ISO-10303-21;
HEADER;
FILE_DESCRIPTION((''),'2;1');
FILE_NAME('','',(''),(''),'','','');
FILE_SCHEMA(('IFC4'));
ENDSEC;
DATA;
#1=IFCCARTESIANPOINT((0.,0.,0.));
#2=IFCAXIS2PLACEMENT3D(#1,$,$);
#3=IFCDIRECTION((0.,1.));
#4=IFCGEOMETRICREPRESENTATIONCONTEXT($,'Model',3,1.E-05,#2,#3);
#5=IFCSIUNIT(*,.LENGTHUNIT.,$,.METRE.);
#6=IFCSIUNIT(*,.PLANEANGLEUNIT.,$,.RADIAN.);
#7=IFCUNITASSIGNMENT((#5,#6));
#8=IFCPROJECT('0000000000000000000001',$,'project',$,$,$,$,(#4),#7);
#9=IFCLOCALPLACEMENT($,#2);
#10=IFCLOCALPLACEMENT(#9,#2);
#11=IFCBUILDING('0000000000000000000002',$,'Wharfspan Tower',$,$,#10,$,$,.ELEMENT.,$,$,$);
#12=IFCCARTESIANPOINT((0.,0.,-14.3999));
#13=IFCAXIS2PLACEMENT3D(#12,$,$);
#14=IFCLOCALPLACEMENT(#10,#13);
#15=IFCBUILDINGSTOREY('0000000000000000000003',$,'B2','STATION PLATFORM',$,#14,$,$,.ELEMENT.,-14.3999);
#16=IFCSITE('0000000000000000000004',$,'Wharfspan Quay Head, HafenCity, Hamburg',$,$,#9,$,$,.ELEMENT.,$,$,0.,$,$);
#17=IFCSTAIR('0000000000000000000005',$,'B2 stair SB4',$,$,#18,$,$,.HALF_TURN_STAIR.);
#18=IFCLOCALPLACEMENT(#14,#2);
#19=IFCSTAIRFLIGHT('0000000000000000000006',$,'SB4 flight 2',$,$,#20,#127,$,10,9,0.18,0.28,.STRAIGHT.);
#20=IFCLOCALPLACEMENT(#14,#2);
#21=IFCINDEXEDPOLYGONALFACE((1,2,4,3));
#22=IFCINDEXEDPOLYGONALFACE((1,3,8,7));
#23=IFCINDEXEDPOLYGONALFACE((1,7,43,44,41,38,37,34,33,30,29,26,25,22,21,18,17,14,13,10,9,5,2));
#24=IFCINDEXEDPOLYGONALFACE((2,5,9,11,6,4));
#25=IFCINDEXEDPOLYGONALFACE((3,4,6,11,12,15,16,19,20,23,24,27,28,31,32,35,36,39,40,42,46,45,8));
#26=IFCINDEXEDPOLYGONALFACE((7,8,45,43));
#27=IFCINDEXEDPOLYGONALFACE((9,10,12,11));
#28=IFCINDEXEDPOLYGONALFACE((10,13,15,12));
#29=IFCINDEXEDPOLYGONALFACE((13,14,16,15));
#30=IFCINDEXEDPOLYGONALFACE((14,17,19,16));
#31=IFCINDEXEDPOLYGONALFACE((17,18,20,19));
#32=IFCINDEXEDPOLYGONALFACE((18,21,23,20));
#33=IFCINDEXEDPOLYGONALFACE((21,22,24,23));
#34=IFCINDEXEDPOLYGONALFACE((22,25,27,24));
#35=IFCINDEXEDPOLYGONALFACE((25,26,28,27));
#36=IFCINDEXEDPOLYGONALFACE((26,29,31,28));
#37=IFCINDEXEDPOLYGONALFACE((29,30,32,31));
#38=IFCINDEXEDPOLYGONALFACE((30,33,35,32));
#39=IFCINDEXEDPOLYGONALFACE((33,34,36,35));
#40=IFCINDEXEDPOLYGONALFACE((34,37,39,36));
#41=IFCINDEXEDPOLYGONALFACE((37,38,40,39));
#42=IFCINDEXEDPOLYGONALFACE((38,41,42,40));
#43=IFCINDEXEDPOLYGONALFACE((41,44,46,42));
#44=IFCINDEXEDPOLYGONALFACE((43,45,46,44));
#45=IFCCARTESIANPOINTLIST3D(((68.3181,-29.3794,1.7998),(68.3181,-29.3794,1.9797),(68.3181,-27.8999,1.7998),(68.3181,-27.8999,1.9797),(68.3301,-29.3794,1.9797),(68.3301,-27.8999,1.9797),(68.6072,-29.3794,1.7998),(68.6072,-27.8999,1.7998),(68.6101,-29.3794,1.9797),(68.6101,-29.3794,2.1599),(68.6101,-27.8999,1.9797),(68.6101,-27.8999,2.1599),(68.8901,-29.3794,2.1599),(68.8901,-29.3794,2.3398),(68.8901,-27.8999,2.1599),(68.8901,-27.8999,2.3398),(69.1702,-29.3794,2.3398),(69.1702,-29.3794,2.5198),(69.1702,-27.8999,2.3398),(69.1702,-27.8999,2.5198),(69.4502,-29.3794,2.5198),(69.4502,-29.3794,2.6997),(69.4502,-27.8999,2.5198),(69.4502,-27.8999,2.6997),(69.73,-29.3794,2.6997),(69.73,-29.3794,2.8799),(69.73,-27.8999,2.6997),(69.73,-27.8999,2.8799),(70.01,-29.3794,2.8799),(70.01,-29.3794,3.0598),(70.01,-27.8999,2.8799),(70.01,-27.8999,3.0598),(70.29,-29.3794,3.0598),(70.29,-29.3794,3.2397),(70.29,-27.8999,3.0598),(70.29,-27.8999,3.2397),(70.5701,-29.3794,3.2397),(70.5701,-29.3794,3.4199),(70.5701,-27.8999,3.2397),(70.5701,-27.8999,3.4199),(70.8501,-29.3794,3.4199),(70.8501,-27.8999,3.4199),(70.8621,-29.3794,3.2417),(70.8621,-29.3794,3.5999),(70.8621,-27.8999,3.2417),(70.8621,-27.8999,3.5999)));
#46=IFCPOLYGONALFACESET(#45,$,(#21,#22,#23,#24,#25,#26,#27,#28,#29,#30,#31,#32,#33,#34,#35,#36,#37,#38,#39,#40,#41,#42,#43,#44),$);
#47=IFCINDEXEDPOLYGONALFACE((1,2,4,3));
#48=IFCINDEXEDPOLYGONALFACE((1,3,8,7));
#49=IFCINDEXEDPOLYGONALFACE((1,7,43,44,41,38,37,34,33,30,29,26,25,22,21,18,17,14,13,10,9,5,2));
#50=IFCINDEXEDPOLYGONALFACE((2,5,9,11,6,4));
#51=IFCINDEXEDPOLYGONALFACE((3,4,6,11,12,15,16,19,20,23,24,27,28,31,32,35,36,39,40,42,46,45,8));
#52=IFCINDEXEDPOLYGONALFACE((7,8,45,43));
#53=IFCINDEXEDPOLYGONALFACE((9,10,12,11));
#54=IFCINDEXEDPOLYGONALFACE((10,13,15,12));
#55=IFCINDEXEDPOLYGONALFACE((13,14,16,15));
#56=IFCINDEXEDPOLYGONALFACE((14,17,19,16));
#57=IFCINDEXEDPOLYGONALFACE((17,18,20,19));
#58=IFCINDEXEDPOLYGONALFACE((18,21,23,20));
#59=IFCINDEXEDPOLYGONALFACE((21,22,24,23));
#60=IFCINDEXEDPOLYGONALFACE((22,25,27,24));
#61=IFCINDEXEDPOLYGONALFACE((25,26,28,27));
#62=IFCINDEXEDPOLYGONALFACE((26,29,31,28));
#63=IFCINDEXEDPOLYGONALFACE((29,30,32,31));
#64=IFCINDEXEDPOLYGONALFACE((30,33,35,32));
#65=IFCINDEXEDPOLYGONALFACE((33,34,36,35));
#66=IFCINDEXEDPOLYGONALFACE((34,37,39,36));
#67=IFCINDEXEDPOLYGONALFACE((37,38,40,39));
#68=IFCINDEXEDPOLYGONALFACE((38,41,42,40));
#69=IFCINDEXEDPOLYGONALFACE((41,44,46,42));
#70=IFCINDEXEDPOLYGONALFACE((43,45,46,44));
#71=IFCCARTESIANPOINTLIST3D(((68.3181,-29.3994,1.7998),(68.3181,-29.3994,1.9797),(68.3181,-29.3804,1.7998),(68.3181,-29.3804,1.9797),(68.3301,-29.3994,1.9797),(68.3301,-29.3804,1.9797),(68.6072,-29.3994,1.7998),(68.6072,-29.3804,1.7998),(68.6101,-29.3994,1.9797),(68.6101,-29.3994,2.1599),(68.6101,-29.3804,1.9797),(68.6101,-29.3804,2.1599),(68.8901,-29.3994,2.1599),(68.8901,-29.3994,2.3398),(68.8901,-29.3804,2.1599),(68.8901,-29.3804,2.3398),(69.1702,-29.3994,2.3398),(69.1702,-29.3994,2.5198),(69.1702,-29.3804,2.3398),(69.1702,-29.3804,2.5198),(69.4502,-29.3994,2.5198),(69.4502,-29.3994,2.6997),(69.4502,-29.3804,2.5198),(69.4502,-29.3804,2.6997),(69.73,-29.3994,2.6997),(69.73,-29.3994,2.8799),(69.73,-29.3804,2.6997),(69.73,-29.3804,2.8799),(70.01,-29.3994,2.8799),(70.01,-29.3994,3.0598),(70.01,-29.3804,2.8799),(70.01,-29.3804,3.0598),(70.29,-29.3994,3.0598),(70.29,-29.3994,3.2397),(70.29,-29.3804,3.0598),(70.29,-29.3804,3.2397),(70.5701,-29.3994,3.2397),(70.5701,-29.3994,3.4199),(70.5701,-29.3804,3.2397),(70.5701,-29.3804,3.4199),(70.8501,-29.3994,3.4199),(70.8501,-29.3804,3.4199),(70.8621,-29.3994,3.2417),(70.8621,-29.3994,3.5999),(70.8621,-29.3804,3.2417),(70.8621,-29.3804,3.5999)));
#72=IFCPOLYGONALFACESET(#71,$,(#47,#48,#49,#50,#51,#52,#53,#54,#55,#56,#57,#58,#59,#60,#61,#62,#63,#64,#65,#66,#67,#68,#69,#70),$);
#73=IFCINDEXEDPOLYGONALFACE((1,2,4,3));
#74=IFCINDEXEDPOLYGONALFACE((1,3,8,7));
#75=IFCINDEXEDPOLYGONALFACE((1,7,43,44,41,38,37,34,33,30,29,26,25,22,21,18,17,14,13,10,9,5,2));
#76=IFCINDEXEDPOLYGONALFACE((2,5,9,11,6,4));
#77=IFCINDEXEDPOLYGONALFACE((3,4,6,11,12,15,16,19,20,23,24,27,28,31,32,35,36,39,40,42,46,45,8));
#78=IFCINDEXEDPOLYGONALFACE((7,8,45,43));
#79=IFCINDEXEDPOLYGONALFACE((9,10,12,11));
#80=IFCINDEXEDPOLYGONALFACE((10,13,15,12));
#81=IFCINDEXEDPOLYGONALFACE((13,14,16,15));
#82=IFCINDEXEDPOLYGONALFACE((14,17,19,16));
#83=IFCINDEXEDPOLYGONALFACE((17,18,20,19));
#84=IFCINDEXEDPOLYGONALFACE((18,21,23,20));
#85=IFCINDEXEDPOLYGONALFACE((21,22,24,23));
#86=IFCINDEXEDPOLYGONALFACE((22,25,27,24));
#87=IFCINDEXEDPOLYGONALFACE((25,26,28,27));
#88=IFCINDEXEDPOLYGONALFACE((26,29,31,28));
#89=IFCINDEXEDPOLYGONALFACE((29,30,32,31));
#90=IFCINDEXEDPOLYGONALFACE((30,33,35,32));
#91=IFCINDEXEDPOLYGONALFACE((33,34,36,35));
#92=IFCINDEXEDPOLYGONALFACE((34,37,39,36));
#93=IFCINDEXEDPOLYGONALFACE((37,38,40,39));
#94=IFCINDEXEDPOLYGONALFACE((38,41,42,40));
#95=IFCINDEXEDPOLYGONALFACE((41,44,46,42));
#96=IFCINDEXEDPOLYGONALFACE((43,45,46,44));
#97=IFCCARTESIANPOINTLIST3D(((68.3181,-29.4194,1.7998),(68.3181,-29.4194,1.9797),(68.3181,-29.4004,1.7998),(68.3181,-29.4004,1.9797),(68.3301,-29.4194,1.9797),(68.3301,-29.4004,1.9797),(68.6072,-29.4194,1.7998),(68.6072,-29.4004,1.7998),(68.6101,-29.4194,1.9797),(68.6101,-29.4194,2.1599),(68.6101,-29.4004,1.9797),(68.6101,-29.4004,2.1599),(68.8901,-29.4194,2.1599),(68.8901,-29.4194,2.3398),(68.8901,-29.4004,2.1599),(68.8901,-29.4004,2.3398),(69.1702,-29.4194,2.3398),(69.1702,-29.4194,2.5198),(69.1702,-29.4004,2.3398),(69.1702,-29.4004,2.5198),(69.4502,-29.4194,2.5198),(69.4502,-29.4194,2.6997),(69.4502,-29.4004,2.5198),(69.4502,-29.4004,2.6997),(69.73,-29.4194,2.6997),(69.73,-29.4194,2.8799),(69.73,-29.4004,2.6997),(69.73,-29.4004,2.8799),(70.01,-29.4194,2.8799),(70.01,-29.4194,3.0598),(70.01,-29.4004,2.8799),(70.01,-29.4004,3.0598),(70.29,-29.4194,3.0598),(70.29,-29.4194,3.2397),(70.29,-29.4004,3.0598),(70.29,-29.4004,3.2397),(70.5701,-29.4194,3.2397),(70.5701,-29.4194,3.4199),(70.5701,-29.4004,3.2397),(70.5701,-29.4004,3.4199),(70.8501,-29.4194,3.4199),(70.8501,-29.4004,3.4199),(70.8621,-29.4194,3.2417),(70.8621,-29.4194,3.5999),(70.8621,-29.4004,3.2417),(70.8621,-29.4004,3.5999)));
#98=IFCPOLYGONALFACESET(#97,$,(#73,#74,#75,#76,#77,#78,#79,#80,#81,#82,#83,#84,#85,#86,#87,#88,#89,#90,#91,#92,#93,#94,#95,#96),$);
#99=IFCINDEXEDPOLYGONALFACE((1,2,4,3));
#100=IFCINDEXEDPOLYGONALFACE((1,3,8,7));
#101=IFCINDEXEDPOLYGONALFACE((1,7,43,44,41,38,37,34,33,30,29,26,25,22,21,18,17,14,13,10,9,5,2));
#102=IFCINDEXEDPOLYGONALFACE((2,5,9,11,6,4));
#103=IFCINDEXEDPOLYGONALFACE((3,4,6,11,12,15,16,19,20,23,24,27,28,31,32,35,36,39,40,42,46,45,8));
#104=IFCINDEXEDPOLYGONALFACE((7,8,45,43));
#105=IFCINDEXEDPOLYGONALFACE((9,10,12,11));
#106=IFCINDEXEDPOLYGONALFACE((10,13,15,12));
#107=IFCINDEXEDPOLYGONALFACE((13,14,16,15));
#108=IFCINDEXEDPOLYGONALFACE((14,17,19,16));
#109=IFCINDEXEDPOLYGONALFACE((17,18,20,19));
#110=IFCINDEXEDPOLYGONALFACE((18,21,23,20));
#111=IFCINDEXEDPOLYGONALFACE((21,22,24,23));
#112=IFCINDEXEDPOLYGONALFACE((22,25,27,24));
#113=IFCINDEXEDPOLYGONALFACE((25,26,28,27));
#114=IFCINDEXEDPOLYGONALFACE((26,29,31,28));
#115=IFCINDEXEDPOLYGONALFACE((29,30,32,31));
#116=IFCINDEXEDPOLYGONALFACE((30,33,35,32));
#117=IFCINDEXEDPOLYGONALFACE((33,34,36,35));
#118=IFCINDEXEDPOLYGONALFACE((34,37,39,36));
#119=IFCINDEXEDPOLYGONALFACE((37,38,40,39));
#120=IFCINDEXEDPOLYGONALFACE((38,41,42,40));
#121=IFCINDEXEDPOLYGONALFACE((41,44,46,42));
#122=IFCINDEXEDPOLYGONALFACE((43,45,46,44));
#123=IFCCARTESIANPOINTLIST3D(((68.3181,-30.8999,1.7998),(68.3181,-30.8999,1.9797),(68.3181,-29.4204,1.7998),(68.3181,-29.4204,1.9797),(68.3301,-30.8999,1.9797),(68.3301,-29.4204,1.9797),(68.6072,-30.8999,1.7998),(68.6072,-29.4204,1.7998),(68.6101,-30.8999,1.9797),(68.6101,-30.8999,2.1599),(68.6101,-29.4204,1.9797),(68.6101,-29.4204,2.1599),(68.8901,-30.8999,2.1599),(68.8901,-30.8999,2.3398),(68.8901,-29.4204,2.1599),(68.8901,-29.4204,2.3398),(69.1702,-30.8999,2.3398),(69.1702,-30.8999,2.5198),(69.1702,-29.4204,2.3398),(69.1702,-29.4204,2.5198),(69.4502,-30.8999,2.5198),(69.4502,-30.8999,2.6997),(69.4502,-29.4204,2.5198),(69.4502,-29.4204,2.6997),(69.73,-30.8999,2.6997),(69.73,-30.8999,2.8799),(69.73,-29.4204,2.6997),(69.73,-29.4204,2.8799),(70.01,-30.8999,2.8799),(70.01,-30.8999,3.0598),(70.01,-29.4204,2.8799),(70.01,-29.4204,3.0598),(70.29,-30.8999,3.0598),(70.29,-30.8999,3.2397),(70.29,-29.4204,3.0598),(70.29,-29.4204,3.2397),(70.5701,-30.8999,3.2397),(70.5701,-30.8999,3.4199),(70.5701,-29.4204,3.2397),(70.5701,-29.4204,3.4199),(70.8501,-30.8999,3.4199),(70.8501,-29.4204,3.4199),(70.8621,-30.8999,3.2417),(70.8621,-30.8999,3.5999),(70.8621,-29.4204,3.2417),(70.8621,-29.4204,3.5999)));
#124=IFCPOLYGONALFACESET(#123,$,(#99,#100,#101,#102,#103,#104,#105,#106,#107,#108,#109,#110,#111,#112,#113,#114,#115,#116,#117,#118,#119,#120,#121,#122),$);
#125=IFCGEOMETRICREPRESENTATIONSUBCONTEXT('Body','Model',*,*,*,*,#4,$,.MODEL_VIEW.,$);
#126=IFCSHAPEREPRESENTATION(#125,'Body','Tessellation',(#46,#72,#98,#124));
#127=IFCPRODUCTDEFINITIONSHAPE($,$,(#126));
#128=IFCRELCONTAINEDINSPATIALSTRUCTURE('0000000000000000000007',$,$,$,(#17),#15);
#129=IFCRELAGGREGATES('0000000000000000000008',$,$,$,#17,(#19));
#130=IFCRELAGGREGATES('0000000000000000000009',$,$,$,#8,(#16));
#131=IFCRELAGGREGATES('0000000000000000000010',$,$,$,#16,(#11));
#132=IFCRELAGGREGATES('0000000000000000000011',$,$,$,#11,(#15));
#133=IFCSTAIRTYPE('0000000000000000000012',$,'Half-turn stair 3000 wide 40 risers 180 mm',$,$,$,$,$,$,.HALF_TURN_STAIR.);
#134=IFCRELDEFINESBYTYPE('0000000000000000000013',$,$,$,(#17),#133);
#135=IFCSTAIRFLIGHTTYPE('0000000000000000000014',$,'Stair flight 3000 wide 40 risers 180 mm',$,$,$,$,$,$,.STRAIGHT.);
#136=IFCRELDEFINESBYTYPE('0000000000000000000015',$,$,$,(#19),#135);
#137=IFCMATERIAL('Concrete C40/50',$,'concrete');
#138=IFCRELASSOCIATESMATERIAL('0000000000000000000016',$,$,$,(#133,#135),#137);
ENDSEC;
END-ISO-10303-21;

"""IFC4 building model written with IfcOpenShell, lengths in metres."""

from ifc_helpers import new_model, si_unit, direction, frame, origin, place, context, subcontext, project, spatial, polyline, outline, extrude, material, type_object, element, aggregate, save


model = new_model("IFC4")

# Units and contexts
model_context = context("Model", 3, precision=1e-05, world=origin(), true_north=direction((0.0, 1.0)))
body_context = subcontext(model_context, "Body", "Model", "MODEL_VIEW")
ifc_project = project(units=[si_unit("LENGTHUNIT", "METRE"), si_unit("PLANEANGLEUNIT", "RADIAN")], contexts=[model_context])

# Site, building, storey
site_placement = place(None, origin())
site = spatial("IfcSite", under=ifc_project, at=site_placement, Name="Wharfspan Quay Head, HafenCity, Hamburg", CompositionType="ELEMENT", RefElevation=0.0)
building_placement = place(site_placement, origin())
building = spatial("IfcBuilding", under=site, at=building_placement, Name="Wharfspan Tower", CompositionType="ELEMENT")
storey_placement = place(building_placement, frame((0.0, 0.0, -14.3999)))
storey = spatial("IfcBuildingStorey", under=building, at=storey_placement, Name="B2", Description="STATION PLATFORM", CompositionType="ELEMENT", Elevation=-14.3999)

# Shared definitions
ifc_material_1 = material(Name="Concrete C40/50", Category="concrete")

# Stair, stair flight
stair_type = type_object("IfcStairType", Name="Half-turn stair 3000 wide 40 risers 180 mm", PredefinedType="HALF_TURN_STAIR", material=ifc_material_1)
stair_flight_type = type_object("IfcStairFlightType", Name="Stair flight 3000 wide 40 risers 180 mm", PredefinedType="STRAIGHT", material=ifc_material_1)
stair_1_placement = place(storey_placement, origin())
stair_1 = element("IfcStair", 1, at=stair_1_placement, inside=storey, type_object=stair_type, Name="B2 stair SB4", PredefinedType="HALF_TURN_STAIR")
stair_flight_1_placement = place(storey_placement, frame((68.3301, -29.3999, 1.7998), z_axis=(0.0, 0.0, 1.0), x_axis=(1.0, 0.0, 0.0)))
stair_flight_1 = element("IfcStairFlight", 2, at=stair_flight_1_placement, type_object=stair_flight_type, Name="SB4 flight 2", NumberOfRisers=10, NumberOfTreads=9, PredefinedType="STRAIGHT", RiserHeight=0.18, TreadLength=0.28, context=body_context, shape_type="SweptSolid", body=[
    extrude(outline(polyline([(-0.012, 0.0), (-0.012, 0.1799), (0.0, 0.1799), (0.28, 0.1799), (0.28, 0.3601), (0.5601, 0.3601), (0.5601, 0.54), (0.8401, 0.54), (0.8401, 0.72), (1.1201, 0.72), (1.1201, 0.8999), (1.3999, 0.8999), (1.3999, 1.0801), (1.6799, 1.0801), (1.6799, 1.26), (1.96, 1.26), (1.96, 1.4399), (2.24, 1.4399), (2.24, 1.6201), (2.52, 1.6201), (2.532, 1.8), (2.532, 1.4419), (0.2771, 0.0), (-0.012, 0.0)])), frame((0.0, 1.5, 0.0), z_axis=(0.0, -1.0, 0.0), x_axis=(1.0, 0.0, 0.0)), (0.0, 0.0, 1.0), 1.4795),
    extrude(outline(polyline([(-0.012, 0.0), (-0.012, 0.1799), (0.0, 0.1799), (0.28, 0.1799), (0.28, 0.3601), (0.5601, 0.3601), (0.5601, 0.54), (0.8401, 0.54), (0.8401, 0.72), (1.1201, 0.72), (1.1201, 0.8999), (1.3999, 0.8999), (1.3999, 1.0801), (1.6799, 1.0801), (1.6799, 1.26), (1.96, 1.26), (1.96, 1.4399), (2.24, 1.4399), (2.24, 1.6201), (2.52, 1.6201), (2.532, 1.8), (2.532, 1.4419), (0.2771, 0.0), (-0.012, 0.0)])), frame((0.0, 0.0195, 0.0), z_axis=(0.0, -1.0, 0.0), x_axis=(1.0, 0.0, 0.0)), (0.0, 0.0, 1.0), 0.019),
    extrude(outline(polyline([(-0.012, 0.0), (-0.012, 0.1799), (0.0, 0.1799), (0.28, 0.1799), (0.28, 0.3601), (0.5601, 0.3601), (0.5601, 0.54), (0.8401, 0.54), (0.8401, 0.72), (1.1201, 0.72), (1.1201, 0.8999), (1.3999, 0.8999), (1.3999, 1.0801), (1.6799, 1.0801), (1.6799, 1.26), (1.96, 1.26), (1.96, 1.4399), (2.24, 1.4399), (2.24, 1.6201), (2.52, 1.6201), (2.532, 1.8), (2.532, 1.4419), (0.2771, 0.0), (-0.012, 0.0)])), frame((0.0, -0.0005, 0.0), z_axis=(0.0, -1.0, 0.0), x_axis=(1.0, 0.0, 0.0)), (0.0, 0.0, 1.0), 0.019),
    extrude(outline(polyline([(-0.012, 0.0), (-0.012, 0.1799), (0.0, 0.1799), (0.28, 0.1799), (0.28, 0.3601), (0.5601, 0.3601), (0.5601, 0.54), (0.8401, 0.54), (0.8401, 0.72), (1.1201, 0.72), (1.1201, 0.8999), (1.3999, 0.8999), (1.3999, 1.0801), (1.6799, 1.0801), (1.6799, 1.26), (1.96, 1.26), (1.96, 1.4399), (2.24, 1.4399), (2.24, 1.6201), (2.52, 1.6201), (2.532, 1.8), (2.532, 1.4419), (0.2771, 0.0), (-0.012, 0.0)])), frame((0.0, -0.0205, 0.0), z_axis=(0.0, -1.0, 0.0), x_axis=(1.0, 0.0, 0.0)), (0.0, 0.0, 1.0), 1.4795),
])
aggregate(stair_1, [stair_flight_1])

save(model, "model.ifc")
